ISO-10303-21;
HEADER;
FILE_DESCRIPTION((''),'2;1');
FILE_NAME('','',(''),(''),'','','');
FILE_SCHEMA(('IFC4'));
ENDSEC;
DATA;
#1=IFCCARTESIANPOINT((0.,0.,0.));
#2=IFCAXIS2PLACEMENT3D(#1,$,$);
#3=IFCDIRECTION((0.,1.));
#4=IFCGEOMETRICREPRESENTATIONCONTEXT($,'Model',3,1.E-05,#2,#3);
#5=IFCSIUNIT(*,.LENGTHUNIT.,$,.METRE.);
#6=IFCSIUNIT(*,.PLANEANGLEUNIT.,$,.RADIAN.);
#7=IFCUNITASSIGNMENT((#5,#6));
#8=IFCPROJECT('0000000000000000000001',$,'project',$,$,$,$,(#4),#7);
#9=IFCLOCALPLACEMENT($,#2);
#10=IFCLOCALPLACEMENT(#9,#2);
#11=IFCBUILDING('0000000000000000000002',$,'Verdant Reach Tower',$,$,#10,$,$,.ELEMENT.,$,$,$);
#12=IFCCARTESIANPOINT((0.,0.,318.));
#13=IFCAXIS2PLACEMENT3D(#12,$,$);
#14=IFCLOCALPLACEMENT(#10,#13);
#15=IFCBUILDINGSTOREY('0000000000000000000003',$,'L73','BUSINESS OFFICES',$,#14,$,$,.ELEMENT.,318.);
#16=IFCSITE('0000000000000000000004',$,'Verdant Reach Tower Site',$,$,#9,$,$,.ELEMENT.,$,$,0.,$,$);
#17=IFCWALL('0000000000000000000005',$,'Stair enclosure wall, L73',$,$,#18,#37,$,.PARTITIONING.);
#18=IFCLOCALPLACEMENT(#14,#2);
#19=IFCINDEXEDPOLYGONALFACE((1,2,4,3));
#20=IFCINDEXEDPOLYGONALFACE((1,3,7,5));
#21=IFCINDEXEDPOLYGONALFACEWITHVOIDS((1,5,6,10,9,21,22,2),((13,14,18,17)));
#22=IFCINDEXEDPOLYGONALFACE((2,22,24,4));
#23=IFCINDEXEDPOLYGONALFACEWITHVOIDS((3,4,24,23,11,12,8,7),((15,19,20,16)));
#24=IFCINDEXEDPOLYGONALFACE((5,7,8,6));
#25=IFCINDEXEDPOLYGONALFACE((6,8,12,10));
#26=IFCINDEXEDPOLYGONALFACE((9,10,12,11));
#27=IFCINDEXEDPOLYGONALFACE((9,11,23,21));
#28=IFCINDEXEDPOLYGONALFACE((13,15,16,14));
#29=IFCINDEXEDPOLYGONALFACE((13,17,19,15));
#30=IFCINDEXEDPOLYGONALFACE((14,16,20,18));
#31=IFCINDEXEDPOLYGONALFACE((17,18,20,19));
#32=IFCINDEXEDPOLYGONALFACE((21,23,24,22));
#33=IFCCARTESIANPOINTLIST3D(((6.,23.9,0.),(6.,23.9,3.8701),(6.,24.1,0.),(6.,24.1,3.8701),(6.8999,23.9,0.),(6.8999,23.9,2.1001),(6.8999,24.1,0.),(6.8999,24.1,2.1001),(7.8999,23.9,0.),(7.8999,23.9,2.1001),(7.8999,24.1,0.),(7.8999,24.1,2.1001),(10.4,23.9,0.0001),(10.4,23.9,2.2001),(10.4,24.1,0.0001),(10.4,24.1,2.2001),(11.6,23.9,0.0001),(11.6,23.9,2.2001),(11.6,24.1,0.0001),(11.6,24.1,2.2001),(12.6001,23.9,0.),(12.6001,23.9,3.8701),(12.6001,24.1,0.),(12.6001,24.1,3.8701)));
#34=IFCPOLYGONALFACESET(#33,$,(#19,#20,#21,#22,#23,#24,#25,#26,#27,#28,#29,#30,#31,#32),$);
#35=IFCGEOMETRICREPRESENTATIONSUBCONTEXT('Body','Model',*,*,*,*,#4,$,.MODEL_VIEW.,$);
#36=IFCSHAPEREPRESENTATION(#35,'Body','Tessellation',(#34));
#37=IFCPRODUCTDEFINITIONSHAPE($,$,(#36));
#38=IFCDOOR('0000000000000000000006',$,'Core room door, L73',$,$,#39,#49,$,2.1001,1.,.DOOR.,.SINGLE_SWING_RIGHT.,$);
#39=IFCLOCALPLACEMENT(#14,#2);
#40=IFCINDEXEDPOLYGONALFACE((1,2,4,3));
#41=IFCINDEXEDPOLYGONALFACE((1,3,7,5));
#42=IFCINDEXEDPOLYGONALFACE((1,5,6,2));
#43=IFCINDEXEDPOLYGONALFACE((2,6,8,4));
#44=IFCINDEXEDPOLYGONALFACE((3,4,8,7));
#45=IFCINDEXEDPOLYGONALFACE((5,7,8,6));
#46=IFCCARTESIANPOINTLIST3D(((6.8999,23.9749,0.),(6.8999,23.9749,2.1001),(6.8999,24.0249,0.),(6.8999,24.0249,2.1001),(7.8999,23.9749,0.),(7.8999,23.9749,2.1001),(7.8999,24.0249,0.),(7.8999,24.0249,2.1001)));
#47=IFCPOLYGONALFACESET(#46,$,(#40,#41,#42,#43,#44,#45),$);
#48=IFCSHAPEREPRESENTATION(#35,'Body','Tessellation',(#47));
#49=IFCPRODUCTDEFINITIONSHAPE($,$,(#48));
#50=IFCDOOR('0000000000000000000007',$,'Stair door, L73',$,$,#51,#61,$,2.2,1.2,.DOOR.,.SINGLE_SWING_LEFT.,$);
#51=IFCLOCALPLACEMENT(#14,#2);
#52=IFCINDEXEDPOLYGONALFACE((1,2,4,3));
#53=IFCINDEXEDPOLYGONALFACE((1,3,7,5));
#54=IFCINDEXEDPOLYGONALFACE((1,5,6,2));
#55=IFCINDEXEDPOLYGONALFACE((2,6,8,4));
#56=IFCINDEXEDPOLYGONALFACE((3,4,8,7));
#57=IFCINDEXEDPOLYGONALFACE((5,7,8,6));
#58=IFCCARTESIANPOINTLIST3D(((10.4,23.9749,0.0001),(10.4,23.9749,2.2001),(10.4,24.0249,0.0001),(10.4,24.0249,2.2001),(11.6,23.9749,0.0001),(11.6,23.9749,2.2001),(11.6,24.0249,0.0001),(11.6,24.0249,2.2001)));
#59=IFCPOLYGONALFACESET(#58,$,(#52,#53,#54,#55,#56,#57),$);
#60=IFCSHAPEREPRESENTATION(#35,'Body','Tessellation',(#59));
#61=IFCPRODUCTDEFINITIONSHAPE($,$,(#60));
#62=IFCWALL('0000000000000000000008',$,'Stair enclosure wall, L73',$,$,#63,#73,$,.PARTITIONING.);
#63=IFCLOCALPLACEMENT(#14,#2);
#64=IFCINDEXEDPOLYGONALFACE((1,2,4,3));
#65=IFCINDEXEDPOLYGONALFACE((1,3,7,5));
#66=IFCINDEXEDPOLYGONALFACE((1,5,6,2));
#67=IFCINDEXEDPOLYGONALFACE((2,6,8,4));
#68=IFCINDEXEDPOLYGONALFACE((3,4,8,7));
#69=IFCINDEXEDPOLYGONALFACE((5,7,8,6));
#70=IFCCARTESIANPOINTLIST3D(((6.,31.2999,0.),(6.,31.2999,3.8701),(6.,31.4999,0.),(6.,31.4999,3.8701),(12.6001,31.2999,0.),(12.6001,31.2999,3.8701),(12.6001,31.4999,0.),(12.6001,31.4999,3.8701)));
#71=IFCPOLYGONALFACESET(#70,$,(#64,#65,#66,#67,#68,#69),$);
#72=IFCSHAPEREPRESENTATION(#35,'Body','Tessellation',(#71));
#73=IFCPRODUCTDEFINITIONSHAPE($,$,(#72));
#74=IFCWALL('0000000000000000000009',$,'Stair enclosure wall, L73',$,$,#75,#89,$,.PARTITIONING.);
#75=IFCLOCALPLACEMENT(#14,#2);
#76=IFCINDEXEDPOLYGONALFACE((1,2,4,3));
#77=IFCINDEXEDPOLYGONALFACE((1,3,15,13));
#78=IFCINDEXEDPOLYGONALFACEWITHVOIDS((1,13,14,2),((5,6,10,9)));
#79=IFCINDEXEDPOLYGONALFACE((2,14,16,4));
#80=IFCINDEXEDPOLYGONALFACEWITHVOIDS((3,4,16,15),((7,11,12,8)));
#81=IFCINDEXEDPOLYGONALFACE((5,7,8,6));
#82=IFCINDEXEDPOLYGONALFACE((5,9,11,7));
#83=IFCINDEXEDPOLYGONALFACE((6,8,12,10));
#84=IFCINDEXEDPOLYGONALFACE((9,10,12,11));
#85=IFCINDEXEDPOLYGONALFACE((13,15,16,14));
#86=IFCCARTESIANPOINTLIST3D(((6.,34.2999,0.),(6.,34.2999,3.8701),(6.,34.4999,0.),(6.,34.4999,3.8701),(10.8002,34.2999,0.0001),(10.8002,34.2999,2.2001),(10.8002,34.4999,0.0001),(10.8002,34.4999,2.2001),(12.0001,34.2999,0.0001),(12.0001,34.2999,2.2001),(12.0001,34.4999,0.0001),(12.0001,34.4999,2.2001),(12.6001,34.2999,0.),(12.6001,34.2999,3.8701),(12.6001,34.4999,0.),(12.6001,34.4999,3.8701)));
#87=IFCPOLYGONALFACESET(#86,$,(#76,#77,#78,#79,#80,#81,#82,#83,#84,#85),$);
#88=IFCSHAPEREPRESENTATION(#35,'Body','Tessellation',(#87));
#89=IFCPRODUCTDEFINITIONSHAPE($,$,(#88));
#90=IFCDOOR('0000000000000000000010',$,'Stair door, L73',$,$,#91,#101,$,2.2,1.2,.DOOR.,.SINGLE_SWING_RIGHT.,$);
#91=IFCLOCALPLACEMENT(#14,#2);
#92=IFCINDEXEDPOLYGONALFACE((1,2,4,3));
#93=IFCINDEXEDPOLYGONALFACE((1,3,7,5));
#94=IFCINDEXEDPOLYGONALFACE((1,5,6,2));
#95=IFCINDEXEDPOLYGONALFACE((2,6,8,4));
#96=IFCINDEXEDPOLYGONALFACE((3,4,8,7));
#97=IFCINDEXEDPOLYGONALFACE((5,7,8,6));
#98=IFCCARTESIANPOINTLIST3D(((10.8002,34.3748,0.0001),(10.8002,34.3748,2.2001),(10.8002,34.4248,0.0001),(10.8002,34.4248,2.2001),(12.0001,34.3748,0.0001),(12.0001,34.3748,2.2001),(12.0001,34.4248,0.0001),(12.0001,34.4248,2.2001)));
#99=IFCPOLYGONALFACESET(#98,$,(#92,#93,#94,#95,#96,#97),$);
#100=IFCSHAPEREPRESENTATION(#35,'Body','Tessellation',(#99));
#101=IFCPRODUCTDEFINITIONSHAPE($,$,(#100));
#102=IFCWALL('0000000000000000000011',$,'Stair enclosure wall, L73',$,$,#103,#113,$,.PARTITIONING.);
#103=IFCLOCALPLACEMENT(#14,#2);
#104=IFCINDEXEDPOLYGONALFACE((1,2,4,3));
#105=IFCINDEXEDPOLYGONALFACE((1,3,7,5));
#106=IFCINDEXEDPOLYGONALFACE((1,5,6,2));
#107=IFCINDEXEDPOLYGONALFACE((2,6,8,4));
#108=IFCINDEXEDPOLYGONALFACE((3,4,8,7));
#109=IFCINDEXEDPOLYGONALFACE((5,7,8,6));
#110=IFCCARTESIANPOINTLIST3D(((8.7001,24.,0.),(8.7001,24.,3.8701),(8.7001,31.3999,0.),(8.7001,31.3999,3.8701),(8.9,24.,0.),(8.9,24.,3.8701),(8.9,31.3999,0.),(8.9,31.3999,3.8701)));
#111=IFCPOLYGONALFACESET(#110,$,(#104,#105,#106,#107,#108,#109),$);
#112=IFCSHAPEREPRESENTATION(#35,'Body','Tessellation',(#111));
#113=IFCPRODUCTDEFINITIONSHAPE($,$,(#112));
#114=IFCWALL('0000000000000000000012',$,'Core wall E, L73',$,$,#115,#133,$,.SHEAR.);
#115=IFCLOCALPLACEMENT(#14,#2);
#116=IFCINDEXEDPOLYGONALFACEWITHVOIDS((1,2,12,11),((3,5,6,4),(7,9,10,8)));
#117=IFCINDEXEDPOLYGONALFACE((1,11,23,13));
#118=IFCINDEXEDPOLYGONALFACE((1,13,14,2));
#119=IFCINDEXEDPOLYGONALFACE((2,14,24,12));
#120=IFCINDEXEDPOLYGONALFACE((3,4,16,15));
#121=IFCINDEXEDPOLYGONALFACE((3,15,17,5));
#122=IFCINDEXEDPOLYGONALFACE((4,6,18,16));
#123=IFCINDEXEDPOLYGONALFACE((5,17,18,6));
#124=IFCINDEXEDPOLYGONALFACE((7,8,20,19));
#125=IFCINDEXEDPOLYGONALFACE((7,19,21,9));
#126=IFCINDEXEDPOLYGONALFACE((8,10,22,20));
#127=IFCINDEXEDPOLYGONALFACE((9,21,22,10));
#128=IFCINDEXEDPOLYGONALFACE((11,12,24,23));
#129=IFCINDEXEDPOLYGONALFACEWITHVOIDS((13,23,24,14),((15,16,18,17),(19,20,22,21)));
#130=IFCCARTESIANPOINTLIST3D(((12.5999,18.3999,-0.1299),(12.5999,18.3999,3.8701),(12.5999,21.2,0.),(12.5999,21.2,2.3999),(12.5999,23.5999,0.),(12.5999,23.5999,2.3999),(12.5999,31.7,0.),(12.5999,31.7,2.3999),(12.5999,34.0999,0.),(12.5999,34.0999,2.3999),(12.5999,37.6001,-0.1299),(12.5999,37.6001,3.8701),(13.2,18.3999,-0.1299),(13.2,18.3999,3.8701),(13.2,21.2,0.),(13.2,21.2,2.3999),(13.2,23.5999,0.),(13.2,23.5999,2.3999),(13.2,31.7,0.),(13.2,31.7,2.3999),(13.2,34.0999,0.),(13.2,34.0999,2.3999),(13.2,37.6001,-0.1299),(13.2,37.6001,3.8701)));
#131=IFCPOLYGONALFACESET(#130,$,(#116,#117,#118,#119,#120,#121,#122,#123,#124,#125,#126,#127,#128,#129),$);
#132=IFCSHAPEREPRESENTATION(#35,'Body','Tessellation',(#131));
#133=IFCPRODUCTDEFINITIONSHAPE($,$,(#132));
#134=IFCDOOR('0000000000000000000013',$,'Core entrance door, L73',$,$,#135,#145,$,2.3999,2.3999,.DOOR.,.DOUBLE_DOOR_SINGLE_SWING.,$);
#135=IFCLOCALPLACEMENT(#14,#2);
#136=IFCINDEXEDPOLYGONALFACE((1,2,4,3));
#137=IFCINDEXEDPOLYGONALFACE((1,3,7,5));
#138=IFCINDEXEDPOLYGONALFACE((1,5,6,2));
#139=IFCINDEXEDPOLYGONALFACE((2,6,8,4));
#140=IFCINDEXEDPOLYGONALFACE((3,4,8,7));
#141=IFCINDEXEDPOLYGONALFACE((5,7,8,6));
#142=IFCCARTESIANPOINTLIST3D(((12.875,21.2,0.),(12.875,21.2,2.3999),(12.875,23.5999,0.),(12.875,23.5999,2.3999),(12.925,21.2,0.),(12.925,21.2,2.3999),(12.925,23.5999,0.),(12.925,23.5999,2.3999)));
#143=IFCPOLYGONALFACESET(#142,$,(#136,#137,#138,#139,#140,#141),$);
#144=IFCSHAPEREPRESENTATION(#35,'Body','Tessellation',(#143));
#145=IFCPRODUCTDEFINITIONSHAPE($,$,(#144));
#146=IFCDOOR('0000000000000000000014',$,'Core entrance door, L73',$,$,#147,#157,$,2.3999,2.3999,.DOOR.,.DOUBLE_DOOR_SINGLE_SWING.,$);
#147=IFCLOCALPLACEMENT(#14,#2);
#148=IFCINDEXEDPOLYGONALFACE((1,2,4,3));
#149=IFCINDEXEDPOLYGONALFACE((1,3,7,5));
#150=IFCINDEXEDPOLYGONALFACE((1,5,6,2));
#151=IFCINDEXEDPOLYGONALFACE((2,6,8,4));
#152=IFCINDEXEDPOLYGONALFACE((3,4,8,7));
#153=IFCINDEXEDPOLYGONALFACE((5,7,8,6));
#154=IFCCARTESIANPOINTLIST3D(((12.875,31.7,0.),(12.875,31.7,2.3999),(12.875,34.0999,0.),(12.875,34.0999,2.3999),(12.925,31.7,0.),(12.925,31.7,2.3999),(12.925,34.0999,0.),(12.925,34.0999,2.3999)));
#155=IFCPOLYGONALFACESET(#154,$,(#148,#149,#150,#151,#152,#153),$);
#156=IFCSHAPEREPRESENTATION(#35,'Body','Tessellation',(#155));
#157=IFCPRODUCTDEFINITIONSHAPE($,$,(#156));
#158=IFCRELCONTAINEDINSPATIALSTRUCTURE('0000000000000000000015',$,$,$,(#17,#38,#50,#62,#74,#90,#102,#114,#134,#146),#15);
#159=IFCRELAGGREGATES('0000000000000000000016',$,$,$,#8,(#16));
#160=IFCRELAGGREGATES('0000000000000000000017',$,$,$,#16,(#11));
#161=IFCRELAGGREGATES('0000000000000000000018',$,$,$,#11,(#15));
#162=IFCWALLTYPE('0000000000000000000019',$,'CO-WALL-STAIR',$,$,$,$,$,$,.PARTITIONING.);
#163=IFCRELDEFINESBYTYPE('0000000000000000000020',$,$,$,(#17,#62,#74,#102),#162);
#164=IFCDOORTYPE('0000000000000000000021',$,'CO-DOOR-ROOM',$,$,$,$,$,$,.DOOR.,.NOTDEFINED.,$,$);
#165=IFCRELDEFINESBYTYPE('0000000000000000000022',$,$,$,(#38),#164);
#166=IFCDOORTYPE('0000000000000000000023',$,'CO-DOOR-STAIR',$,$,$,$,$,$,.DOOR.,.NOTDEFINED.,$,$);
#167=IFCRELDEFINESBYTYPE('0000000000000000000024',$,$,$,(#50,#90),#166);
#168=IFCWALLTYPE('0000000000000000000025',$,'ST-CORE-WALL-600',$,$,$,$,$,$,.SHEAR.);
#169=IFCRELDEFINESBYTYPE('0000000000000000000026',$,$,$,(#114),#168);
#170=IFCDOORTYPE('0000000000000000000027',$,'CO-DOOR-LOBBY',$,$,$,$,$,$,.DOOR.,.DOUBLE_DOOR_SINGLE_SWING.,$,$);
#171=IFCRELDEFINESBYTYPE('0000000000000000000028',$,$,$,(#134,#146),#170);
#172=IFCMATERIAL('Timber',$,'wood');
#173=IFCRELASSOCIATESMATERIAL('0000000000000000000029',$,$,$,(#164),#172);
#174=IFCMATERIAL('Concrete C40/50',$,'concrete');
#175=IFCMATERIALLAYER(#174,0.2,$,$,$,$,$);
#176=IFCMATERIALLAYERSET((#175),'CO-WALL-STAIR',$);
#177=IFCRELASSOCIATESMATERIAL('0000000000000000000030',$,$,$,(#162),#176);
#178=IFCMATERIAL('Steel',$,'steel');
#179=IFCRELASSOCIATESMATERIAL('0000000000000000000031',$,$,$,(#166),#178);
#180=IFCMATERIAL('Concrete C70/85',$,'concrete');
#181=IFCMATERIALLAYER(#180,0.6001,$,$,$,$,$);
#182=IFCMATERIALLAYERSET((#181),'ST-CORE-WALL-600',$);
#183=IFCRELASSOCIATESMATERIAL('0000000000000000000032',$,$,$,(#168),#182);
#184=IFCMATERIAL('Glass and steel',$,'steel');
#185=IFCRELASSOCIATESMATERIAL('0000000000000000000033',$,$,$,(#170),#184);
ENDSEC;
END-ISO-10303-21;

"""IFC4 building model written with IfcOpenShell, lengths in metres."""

from ifc_helpers import new_model, si_unit, direction, frame, frame_2d, origin, place, context, subcontext, project, spatial, rectangle, extrude, material, layer, layer_set, type_object, element, fill, save


model = new_model("IFC4")

# Units and contexts
model_context = context("Model", 3, precision=1e-05, world=origin(), true_north=direction((0.0, 1.0)))
body_context = subcontext(model_context, "Body", "Model", "MODEL_VIEW")
ifc_project = project(units=[si_unit("LENGTHUNIT", "METRE"), si_unit("PLANEANGLEUNIT", "RADIAN")], contexts=[model_context])

# Site, building, storey
site_placement = place(None, origin())
site = spatial("IfcSite", under=ifc_project, at=site_placement, Name="Verdant Reach Tower Site", CompositionType="ELEMENT", RefElevation=0.0)
building_placement = place(site_placement, origin())
building = spatial("IfcBuilding", under=site, at=building_placement, Name="Verdant Reach Tower", CompositionType="ELEMENT")
storey_placement = place(building_placement, frame((0.0, 0.0, 318.0)))
storey = spatial("IfcBuildingStorey", under=building, at=storey_placement, Name="L73", Description="BUSINESS OFFICES", CompositionType="ELEMENT", Elevation=318.0)

# Shared definitions
ifc_material_1 = material(Name="Timber", Category="wood")
door_type_1 = type_object("IfcDoorType", Name="CO-DOOR-ROOM", OperationType="NOTDEFINED", PredefinedType="DOOR", material=ifc_material_1)

# Shared definitions
ifc_material_2 = material(Name="Concrete C40/50", Category="concrete")

# Wall, openings, doors
ifc_layer_1 = layer(ifc_material_2, 0.2)
ifc_layer_set_1 = layer_set([ifc_layer_1], Name="CO-WALL-STAIR")
wall_type_1 = type_object("IfcWallType", Name="CO-WALL-STAIR", PredefinedType="PARTITIONING", material=ifc_layer_set_1)
wall_1_placement = place(storey_placement, frame((6.0, 24.0, 0.0), z_axis=(0.0, 0.0, 1.0), x_axis=(1.0, 0.0, 0.0)))
wall_1 = element("IfcWall", 1, at=wall_1_placement, inside=storey, type_object=wall_type_1, Name="Stair enclosure wall, L73", PredefinedType="PARTITIONING", context=body_context, shape_type="SweptSolid", body=[
    extrude(rectangle(XDim=6.6001, YDim=0.2, at=frame_2d((3.3, 0.0))), origin(), (0.0, 0.0, 1.0), 3.8701),
])
opening_1_placement = place(wall_1_placement, frame((0.8999, 0.0, 0.0)))
opening_1 = element("IfcOpeningElement", 2, at=opening_1_placement, cuts=wall_1, PredefinedType="OPENING", context=body_context, shape_type="SweptSolid", body=[
    extrude(rectangle(XDim=1.0, YDim=2.1001, at=frame_2d((0.5, 1.05))), frame((0.0, 0.1099, 0.0), z_axis=(0.0, -1.0, 0.0), x_axis=(1.0, 0.0, 0.0)), (0.0, 0.0, 1.0), 0.22),
])
opening_2_placement = place(wall_1_placement, frame((4.3999, 0.0, 0.0)))
opening_2 = element("IfcOpeningElement", 3, at=opening_2_placement, cuts=wall_1, PredefinedType="OPENING", context=body_context, shape_type="SweptSolid", body=[
    extrude(rectangle(XDim=1.2, YDim=2.2, at=frame_2d((0.6001, 1.1001))), frame((0.0, 0.1099, 0.0), z_axis=(0.0, -1.0, 0.0), x_axis=(1.0, 0.0, 0.0)), (0.0, 0.0, 1.0), 0.22),
])
door_1_placement = place(opening_1_placement, origin())
door_1 = element("IfcDoor", 4, at=door_1_placement, inside=storey, type_object=door_type_1, Name="Core room door, L73", OperationType="SINGLE_SWING_RIGHT", OverallHeight=2.1001, OverallWidth=1.0, PredefinedType="DOOR", context=body_context, shape_type="SweptSolid", body=[
    extrude(rectangle(XDim=1.0, YDim=2.1001, at=frame_2d((0.5, 1.05))), frame((0.0, 0.0249, 0.0), z_axis=(0.0, -1.0, 0.0), x_axis=(1.0, 0.0, 0.0)), (0.0, 0.0, 1.0), 0.05),
])
fill(opening_1, door_1)
ifc_material_3 = material(Name="Steel", Category="steel")
door_type_2 = type_object("IfcDoorType", Name="CO-DOOR-STAIR", OperationType="NOTDEFINED", PredefinedType="DOOR", material=ifc_material_3)
door_2_placement = place(opening_2_placement, origin())
door_2 = element("IfcDoor", 5, at=door_2_placement, inside=storey, type_object=door_type_2, Name="Stair door, L73", OperationType="SINGLE_SWING_LEFT", OverallHeight=2.2, OverallWidth=1.2, PredefinedType="DOOR", context=body_context, shape_type="SweptSolid", body=[
    extrude(rectangle(XDim=1.2, YDim=2.2, at=frame_2d((0.6001, 1.1001))), frame((0.0, 0.0249, 0.0), z_axis=(0.0, -1.0, 0.0), x_axis=(1.0, 0.0, 0.0)), (0.0, 0.0, 1.0), 0.05),
])
fill(opening_2, door_2)

# Wall
wall_2_placement = place(storey_placement, frame((6.0, 31.3999, 0.0), z_axis=(0.0, 0.0, 1.0), x_axis=(1.0, 0.0, 0.0)))
element("IfcWall", 6, at=wall_2_placement, inside=storey, type_object=wall_type_1, Name="Stair enclosure wall, L73", PredefinedType="PARTITIONING", context=body_context, shape_type="SweptSolid", body=[
    extrude(rectangle(XDim=6.6001, YDim=0.2, at=frame_2d((3.3, 0.0))), origin(), (0.0, 0.0, 1.0), 3.8701),
])

# Wall, opening, door
wall_3_placement = place(storey_placement, frame((6.0, 34.3999, 0.0), z_axis=(0.0, 0.0, 1.0), x_axis=(1.0, 0.0, 0.0)))
wall_3 = element("IfcWall", 7, at=wall_3_placement, inside=storey, type_object=wall_type_1, Name="Stair enclosure wall, L73", PredefinedType="PARTITIONING", context=body_context, shape_type="SweptSolid", body=[
    extrude(rectangle(XDim=6.6001, YDim=0.2, at=frame_2d((3.3, 0.0))), origin(), (0.0, 0.0, 1.0), 3.8701),
])
opening_3_placement = place(wall_3_placement, frame((4.8, 0.0, 0.0)))
opening_3 = element("IfcOpeningElement", 8, at=opening_3_placement, cuts=wall_3, PredefinedType="OPENING", context=body_context, shape_type="SweptSolid", body=[
    extrude(rectangle(XDim=1.2, YDim=2.2, at=frame_2d((0.6001, 1.1001))), frame((0.0, 0.1099, 0.0), z_axis=(0.0, -1.0, 0.0), x_axis=(1.0, 0.0, 0.0)), (0.0, 0.0, 1.0), 0.22),
])
door_3_placement = place(opening_3_placement, origin())
door_3 = element("IfcDoor", 9, at=door_3_placement, inside=storey, type_object=door_type_2, Name="Stair door, L73", OperationType="SINGLE_SWING_RIGHT", OverallHeight=2.2, OverallWidth=1.2, PredefinedType="DOOR", context=body_context, shape_type="SweptSolid", body=[
    extrude(rectangle(XDim=1.2, YDim=2.2, at=frame_2d((0.6001, 1.1001))), frame((0.0, 0.0249, 0.0), z_axis=(0.0, -1.0, 0.0), x_axis=(1.0, 0.0, 0.0)), (0.0, 0.0, 1.0), 0.05),
])
fill(opening_3, door_3)

# Wall
wall_4_placement = place(storey_placement, frame((8.8, 24.0, 0.0), z_axis=(0.0, 0.0, 1.0), x_axis=(0.0, 1.0, 0.0)))
element("IfcWall", 10, at=wall_4_placement, inside=storey, type_object=wall_type_1, Name="Stair enclosure wall, L73", PredefinedType="PARTITIONING", context=body_context, shape_type="SweptSolid", body=[
    extrude(rectangle(XDim=7.3999, YDim=0.2, at=frame_2d((3.7, 0.0))), origin(), (0.0, 0.0, 1.0), 3.8701),
])

# Wall, openings, doors
ifc_material_4 = material(Name="Concrete C70/85", Category="concrete")
ifc_layer_2 = layer(ifc_material_4, 0.6001)
ifc_layer_set_2 = layer_set([ifc_layer_2], Name="ST-CORE-WALL-600")
wall_type_2 = type_object("IfcWallType", Name="ST-CORE-WALL-600", PredefinedType="SHEAR", material=ifc_layer_set_2)
wall_5_placement = place(storey_placement, frame((12.8999, 18.3999, -0.1299), z_axis=(0.0, 0.0, 1.0), x_axis=(0.0, 1.0, 0.0)))
wall_5 = element("IfcWall", 11, at=wall_5_placement, inside=storey, type_object=wall_type_2, Name="Core wall E, L73", PredefinedType="SHEAR", context=body_context, shape_type="SweptSolid", body=[
    extrude(rectangle(XDim=19.2002, YDim=0.6001, at=frame_2d((9.6001, 0.0))), origin(), (0.0, 0.0, 1.0), 4.0),
])
opening_4_placement = place(wall_5_placement, frame((2.8, 0.0, 0.1299)))
opening_4 = element("IfcOpeningElement", 12, at=opening_4_placement, cuts=wall_5, PredefinedType="OPENING", context=body_context, shape_type="SweptSolid", body=[
    extrude(rectangle(XDim=2.3999, YDim=2.3999, at=frame_2d((1.2, 1.2))), frame((0.0, 0.3101, 0.0), z_axis=(0.0, -1.0, 0.0), x_axis=(1.0, 0.0, 0.0)), (0.0, 0.0, 1.0), 0.6201),
])
opening_5_placement = place(wall_5_placement, frame((13.3, 0.0, 0.1299)))
opening_5 = element("IfcOpeningElement", 13, at=opening_5_placement, cuts=wall_5, PredefinedType="OPENING", context=body_context, shape_type="SweptSolid", body=[
    extrude(rectangle(XDim=2.3999, YDim=2.3999, at=frame_2d((1.2, 1.2))), frame((0.0, 0.3101, 0.0), z_axis=(0.0, -1.0, 0.0), x_axis=(1.0, 0.0, 0.0)), (0.0, 0.0, 1.0), 0.6201),
])
ifc_material_5 = material(Name="Glass and steel", Category="steel")
door_type_3 = type_object("IfcDoorType", Name="CO-DOOR-LOBBY", OperationType="DOUBLE_DOOR_SINGLE_SWING", PredefinedType="DOOR", material=ifc_material_5)
door_4_placement = place(opening_4_placement, origin())
door_4 = element("IfcDoor", 14, at=door_4_placement, inside=storey, type_object=door_type_3, Name="Core entrance door, L73", OperationType="DOUBLE_DOOR_SINGLE_SWING", OverallHeight=2.3999, OverallWidth=2.3999, PredefinedType="DOOR", context=body_context, shape_type="SweptSolid", body=[
    extrude(rectangle(XDim=2.3999, YDim=2.3999, at=frame_2d((1.2, 1.2))), frame((0.0, 0.0249, 0.0), z_axis=(0.0, -1.0, 0.0), x_axis=(1.0, 0.0, 0.0)), (0.0, 0.0, 1.0), 0.05),
])
fill(opening_4, door_4)
door_5_placement = place(opening_5_placement, origin())
door_5 = element("IfcDoor", 15, at=door_5_placement, inside=storey, type_object=door_type_3, Name="Core entrance door, L73", OperationType="DOUBLE_DOOR_SINGLE_SWING", OverallHeight=2.3999, OverallWidth=2.3999, PredefinedType="DOOR", context=body_context, shape_type="SweptSolid", body=[
    extrude(rectangle(XDim=2.3999, YDim=2.3999, at=frame_2d((1.2, 1.2))), frame((0.0, 0.0249, 0.0), z_axis=(0.0, -1.0, 0.0), x_axis=(1.0, 0.0, 0.0)), (0.0, 0.0, 1.0), 0.05),
])
fill(opening_5, door_5)

save(model, "model.ifc")
